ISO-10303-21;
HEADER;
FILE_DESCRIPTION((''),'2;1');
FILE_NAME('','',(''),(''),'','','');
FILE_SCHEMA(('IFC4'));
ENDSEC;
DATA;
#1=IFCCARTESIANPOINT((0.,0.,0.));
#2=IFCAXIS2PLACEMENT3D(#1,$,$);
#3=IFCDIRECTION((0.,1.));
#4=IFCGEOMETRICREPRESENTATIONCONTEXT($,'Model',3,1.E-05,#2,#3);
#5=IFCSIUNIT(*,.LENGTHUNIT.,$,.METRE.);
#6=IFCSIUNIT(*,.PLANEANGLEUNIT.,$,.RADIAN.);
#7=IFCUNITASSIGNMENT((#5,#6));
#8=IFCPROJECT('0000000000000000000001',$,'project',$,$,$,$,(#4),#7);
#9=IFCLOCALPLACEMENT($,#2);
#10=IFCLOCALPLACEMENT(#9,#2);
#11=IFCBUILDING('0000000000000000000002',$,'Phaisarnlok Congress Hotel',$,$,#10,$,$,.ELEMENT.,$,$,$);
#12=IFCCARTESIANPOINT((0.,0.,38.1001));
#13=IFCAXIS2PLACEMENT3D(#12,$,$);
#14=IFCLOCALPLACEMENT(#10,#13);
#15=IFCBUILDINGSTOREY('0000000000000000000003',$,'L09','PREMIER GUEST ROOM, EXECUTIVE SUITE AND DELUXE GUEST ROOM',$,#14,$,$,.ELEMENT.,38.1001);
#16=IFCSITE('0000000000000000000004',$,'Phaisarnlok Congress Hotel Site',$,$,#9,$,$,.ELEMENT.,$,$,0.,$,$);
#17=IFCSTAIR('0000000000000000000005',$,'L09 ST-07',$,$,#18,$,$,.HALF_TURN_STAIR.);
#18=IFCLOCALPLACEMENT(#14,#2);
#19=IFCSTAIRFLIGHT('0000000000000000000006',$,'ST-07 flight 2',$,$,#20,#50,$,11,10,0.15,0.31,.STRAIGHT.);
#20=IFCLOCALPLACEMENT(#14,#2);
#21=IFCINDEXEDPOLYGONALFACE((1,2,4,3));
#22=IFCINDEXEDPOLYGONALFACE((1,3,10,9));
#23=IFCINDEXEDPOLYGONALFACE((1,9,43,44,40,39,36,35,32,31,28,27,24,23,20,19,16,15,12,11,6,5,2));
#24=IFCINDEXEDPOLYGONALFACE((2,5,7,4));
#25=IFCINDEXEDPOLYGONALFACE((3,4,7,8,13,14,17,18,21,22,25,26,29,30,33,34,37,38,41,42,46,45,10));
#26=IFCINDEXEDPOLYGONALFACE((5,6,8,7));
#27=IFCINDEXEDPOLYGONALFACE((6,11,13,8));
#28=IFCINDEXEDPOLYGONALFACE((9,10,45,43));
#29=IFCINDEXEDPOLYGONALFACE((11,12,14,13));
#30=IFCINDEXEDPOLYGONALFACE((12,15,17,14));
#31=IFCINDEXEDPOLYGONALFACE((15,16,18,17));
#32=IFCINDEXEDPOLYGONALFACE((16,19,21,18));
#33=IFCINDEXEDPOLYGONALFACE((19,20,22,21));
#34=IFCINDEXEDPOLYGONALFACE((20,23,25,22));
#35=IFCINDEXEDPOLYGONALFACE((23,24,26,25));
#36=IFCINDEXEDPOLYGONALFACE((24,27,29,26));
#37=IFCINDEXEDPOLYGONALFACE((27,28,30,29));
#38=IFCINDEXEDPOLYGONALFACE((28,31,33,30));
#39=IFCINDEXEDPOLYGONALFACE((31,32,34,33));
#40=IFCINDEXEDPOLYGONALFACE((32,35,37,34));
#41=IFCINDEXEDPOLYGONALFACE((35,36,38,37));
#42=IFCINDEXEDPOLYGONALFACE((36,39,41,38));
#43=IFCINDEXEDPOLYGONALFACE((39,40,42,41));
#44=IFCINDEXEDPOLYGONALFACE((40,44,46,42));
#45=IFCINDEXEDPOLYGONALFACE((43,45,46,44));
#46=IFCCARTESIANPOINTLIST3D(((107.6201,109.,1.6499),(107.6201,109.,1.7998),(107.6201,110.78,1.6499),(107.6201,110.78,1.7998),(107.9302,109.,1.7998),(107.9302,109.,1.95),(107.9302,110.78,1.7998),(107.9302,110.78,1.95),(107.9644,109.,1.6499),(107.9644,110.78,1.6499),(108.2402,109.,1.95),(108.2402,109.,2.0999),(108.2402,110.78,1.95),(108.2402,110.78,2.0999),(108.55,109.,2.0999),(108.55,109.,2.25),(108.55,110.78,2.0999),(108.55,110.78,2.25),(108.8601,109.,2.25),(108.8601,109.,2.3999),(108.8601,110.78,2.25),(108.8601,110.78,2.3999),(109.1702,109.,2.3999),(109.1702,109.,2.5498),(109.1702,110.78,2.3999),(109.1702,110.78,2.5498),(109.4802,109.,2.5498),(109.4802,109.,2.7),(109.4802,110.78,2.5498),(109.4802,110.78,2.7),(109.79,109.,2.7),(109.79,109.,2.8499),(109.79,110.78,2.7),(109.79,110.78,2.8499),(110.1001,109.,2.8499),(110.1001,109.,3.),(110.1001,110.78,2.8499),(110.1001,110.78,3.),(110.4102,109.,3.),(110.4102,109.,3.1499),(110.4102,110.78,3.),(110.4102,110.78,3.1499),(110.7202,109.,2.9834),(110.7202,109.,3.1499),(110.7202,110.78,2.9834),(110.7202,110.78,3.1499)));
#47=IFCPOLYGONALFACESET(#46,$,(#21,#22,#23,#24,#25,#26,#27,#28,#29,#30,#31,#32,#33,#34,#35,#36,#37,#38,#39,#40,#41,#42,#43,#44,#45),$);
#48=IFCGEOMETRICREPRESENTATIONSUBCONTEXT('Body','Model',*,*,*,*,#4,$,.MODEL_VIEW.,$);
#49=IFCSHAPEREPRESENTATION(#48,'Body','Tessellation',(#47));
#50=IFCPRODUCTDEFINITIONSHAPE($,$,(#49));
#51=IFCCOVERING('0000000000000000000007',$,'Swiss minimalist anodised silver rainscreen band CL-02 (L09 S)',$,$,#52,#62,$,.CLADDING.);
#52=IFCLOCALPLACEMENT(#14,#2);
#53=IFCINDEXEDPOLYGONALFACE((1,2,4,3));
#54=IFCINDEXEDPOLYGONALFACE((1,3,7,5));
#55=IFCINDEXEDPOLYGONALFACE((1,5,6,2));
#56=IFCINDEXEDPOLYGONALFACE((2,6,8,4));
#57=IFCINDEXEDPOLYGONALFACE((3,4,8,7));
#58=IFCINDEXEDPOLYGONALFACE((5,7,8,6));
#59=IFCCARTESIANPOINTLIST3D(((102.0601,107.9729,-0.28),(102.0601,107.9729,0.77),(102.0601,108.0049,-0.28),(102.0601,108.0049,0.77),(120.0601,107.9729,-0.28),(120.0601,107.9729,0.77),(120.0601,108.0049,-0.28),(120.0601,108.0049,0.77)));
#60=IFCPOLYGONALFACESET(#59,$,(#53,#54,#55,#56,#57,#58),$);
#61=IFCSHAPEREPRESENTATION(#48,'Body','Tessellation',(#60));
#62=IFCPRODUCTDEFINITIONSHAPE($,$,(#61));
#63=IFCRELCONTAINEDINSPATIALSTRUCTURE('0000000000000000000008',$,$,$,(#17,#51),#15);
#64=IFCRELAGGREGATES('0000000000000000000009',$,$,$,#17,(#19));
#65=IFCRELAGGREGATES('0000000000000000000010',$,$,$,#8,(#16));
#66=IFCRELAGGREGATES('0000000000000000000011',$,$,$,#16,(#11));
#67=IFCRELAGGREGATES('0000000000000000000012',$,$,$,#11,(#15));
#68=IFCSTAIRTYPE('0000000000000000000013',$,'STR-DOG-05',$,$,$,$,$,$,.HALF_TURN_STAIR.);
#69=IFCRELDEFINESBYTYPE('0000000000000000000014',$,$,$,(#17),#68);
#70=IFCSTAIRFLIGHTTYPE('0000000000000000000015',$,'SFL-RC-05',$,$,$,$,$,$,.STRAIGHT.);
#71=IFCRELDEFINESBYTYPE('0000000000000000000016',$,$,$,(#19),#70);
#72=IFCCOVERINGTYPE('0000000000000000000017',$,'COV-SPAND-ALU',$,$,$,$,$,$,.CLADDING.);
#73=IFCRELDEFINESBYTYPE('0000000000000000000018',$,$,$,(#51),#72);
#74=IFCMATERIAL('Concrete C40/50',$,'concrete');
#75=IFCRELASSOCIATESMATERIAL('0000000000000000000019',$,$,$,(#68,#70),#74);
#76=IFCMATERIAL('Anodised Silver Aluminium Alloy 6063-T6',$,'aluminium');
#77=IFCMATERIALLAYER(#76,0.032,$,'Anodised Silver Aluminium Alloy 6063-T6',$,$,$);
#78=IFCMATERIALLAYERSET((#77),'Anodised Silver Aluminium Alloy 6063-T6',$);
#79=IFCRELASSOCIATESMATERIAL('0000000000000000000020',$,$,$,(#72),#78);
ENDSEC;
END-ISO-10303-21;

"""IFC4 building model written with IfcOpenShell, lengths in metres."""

from ifc_helpers import new_model, si_unit, direction, frame, origin, place, context, subcontext, project, spatial, polyline, outline, extrude, material, layer, layer_set, type_object, element, aggregate, save


model = new_model("IFC4")

# Units and contexts
model_context = context("Model", 3, precision=1e-05, world=origin(), true_north=direction((0.0, 1.0)))
body_context = subcontext(model_context, "Body", "Model", "MODEL_VIEW")
ifc_project = project(units=[si_unit("LENGTHUNIT", "METRE"), si_unit("PLANEANGLEUNIT", "RADIAN")], contexts=[model_context])

# Site, building, storey
site_placement = place(None, origin())
site = spatial("IfcSite", under=ifc_project, at=site_placement, Name="Phaisarnlok Congress Hotel Site", CompositionType="ELEMENT", RefElevation=0.0)
building_placement = place(site_placement, origin())
building = spatial("IfcBuilding", under=site, at=building_placement, Name="Phaisarnlok Congress Hotel", CompositionType="ELEMENT")
storey_placement = place(building_placement, frame((0.0, 0.0, 38.1001)))
storey = spatial("IfcBuildingStorey", under=building, at=storey_placement, Name="L09", Description="PREMIER GUEST ROOM, EXECUTIVE SUITE AND DELUXE GUEST ROOM", CompositionType="ELEMENT", Elevation=38.1001)

# Shared definitions
ifc_material_1 = material(Name="Concrete C40/50", Category="concrete")

# Stair
stair_type = type_object("IfcStairType", Name="STR-DOG-05", PredefinedType="HALF_TURN_STAIR", material=ifc_material_1)
stair_1_placement = place(storey_placement, origin())
stair_1 = element("IfcStair", 1, at=stair_1_placement, inside=storey, type_object=stair_type, Name="L09 ST-07", PredefinedType="HALF_TURN_STAIR")

# Stair flight
stair_flight_type = type_object("IfcStairFlightType", Name="SFL-RC-05", PredefinedType="STRAIGHT", material=ifc_material_1)
stair_flight_1_placement = place(storey_placement, frame((107.6201, 109.8899, 1.6499), z_axis=(0.0, 0.0, 1.0), x_axis=(1.0, 0.0, 0.0)))
stair_flight_1 = element("IfcStairFlight", 2, at=stair_flight_1_placement, type_object=stair_flight_type, Name="ST-07 flight 2", NumberOfRisers=11, NumberOfTreads=10, PredefinedType="STRAIGHT", RiserHeight=0.15, TreadLength=0.31, context=body_context, shape_type="SweptSolid", body=[
    extrude(outline(polyline([(0.0, 0.0), (0.0, 0.1499), (0.3101, 0.1499), (0.3101, 0.3), (0.6201, 0.3), (0.6201, 0.45), (0.9299, 0.45), (0.9299, 0.6001), (1.24, 0.6001), (1.24, 0.75), (1.55, 0.75), (1.55, 0.8999), (1.8601, 0.8999), (1.8601, 1.05), (2.1699, 1.05), (2.1699, 1.2), (2.48, 1.2), (2.48, 1.3501), (2.79, 1.3501), (2.79, 1.5), (3.1001, 1.5), (3.1001, 1.6499), (3.1001, 1.3335), (0.3442, 0.0), (0.0, 0.0)])), frame((0.0, 0.8901, 0.0), z_axis=(0.0, -1.0, 0.0), x_axis=(1.0, 0.0, 0.0)), (0.0, 0.0, 1.0), 1.78),
])
aggregate(stair_1, [stair_flight_1])

# Covering
ifc_material_2 = material(Name="Anodised Silver Aluminium Alloy 6063-T6", Category="aluminium")
ifc_layer_1 = layer(ifc_material_2, 0.032, Name="Anodised Silver Aluminium Alloy 6063-T6")
ifc_layer_set_1 = layer_set([ifc_layer_1], Name="Anodised Silver Aluminium Alloy 6063-T6")
covering_type = type_object("IfcCoveringType", Name="COV-SPAND-ALU", PredefinedType="CLADDING", material=ifc_layer_set_1)
covering_placement = place(storey_placement, frame((102.0601, 108.0049, -0.28), z_axis=(0.0, -1.0, 0.0), x_axis=(1.0, 0.0, 0.0)))
element("IfcCovering", 3, at=covering_placement, inside=storey, type_object=covering_type, Name="Swiss minimalist anodised silver rainscreen band CL-02 (L09 S)", PredefinedType="CLADDING", context=body_context, shape_type="SweptSolid", body=[
    extrude(outline(polyline([(0.0, 0.0), (18.0, 0.0), (18.0, 1.05), (0.0, 1.05), (0.0, 0.0)])), origin(), (0.0, 0.0, 1.0), 0.032),
])

save(model, "model.ifc")
